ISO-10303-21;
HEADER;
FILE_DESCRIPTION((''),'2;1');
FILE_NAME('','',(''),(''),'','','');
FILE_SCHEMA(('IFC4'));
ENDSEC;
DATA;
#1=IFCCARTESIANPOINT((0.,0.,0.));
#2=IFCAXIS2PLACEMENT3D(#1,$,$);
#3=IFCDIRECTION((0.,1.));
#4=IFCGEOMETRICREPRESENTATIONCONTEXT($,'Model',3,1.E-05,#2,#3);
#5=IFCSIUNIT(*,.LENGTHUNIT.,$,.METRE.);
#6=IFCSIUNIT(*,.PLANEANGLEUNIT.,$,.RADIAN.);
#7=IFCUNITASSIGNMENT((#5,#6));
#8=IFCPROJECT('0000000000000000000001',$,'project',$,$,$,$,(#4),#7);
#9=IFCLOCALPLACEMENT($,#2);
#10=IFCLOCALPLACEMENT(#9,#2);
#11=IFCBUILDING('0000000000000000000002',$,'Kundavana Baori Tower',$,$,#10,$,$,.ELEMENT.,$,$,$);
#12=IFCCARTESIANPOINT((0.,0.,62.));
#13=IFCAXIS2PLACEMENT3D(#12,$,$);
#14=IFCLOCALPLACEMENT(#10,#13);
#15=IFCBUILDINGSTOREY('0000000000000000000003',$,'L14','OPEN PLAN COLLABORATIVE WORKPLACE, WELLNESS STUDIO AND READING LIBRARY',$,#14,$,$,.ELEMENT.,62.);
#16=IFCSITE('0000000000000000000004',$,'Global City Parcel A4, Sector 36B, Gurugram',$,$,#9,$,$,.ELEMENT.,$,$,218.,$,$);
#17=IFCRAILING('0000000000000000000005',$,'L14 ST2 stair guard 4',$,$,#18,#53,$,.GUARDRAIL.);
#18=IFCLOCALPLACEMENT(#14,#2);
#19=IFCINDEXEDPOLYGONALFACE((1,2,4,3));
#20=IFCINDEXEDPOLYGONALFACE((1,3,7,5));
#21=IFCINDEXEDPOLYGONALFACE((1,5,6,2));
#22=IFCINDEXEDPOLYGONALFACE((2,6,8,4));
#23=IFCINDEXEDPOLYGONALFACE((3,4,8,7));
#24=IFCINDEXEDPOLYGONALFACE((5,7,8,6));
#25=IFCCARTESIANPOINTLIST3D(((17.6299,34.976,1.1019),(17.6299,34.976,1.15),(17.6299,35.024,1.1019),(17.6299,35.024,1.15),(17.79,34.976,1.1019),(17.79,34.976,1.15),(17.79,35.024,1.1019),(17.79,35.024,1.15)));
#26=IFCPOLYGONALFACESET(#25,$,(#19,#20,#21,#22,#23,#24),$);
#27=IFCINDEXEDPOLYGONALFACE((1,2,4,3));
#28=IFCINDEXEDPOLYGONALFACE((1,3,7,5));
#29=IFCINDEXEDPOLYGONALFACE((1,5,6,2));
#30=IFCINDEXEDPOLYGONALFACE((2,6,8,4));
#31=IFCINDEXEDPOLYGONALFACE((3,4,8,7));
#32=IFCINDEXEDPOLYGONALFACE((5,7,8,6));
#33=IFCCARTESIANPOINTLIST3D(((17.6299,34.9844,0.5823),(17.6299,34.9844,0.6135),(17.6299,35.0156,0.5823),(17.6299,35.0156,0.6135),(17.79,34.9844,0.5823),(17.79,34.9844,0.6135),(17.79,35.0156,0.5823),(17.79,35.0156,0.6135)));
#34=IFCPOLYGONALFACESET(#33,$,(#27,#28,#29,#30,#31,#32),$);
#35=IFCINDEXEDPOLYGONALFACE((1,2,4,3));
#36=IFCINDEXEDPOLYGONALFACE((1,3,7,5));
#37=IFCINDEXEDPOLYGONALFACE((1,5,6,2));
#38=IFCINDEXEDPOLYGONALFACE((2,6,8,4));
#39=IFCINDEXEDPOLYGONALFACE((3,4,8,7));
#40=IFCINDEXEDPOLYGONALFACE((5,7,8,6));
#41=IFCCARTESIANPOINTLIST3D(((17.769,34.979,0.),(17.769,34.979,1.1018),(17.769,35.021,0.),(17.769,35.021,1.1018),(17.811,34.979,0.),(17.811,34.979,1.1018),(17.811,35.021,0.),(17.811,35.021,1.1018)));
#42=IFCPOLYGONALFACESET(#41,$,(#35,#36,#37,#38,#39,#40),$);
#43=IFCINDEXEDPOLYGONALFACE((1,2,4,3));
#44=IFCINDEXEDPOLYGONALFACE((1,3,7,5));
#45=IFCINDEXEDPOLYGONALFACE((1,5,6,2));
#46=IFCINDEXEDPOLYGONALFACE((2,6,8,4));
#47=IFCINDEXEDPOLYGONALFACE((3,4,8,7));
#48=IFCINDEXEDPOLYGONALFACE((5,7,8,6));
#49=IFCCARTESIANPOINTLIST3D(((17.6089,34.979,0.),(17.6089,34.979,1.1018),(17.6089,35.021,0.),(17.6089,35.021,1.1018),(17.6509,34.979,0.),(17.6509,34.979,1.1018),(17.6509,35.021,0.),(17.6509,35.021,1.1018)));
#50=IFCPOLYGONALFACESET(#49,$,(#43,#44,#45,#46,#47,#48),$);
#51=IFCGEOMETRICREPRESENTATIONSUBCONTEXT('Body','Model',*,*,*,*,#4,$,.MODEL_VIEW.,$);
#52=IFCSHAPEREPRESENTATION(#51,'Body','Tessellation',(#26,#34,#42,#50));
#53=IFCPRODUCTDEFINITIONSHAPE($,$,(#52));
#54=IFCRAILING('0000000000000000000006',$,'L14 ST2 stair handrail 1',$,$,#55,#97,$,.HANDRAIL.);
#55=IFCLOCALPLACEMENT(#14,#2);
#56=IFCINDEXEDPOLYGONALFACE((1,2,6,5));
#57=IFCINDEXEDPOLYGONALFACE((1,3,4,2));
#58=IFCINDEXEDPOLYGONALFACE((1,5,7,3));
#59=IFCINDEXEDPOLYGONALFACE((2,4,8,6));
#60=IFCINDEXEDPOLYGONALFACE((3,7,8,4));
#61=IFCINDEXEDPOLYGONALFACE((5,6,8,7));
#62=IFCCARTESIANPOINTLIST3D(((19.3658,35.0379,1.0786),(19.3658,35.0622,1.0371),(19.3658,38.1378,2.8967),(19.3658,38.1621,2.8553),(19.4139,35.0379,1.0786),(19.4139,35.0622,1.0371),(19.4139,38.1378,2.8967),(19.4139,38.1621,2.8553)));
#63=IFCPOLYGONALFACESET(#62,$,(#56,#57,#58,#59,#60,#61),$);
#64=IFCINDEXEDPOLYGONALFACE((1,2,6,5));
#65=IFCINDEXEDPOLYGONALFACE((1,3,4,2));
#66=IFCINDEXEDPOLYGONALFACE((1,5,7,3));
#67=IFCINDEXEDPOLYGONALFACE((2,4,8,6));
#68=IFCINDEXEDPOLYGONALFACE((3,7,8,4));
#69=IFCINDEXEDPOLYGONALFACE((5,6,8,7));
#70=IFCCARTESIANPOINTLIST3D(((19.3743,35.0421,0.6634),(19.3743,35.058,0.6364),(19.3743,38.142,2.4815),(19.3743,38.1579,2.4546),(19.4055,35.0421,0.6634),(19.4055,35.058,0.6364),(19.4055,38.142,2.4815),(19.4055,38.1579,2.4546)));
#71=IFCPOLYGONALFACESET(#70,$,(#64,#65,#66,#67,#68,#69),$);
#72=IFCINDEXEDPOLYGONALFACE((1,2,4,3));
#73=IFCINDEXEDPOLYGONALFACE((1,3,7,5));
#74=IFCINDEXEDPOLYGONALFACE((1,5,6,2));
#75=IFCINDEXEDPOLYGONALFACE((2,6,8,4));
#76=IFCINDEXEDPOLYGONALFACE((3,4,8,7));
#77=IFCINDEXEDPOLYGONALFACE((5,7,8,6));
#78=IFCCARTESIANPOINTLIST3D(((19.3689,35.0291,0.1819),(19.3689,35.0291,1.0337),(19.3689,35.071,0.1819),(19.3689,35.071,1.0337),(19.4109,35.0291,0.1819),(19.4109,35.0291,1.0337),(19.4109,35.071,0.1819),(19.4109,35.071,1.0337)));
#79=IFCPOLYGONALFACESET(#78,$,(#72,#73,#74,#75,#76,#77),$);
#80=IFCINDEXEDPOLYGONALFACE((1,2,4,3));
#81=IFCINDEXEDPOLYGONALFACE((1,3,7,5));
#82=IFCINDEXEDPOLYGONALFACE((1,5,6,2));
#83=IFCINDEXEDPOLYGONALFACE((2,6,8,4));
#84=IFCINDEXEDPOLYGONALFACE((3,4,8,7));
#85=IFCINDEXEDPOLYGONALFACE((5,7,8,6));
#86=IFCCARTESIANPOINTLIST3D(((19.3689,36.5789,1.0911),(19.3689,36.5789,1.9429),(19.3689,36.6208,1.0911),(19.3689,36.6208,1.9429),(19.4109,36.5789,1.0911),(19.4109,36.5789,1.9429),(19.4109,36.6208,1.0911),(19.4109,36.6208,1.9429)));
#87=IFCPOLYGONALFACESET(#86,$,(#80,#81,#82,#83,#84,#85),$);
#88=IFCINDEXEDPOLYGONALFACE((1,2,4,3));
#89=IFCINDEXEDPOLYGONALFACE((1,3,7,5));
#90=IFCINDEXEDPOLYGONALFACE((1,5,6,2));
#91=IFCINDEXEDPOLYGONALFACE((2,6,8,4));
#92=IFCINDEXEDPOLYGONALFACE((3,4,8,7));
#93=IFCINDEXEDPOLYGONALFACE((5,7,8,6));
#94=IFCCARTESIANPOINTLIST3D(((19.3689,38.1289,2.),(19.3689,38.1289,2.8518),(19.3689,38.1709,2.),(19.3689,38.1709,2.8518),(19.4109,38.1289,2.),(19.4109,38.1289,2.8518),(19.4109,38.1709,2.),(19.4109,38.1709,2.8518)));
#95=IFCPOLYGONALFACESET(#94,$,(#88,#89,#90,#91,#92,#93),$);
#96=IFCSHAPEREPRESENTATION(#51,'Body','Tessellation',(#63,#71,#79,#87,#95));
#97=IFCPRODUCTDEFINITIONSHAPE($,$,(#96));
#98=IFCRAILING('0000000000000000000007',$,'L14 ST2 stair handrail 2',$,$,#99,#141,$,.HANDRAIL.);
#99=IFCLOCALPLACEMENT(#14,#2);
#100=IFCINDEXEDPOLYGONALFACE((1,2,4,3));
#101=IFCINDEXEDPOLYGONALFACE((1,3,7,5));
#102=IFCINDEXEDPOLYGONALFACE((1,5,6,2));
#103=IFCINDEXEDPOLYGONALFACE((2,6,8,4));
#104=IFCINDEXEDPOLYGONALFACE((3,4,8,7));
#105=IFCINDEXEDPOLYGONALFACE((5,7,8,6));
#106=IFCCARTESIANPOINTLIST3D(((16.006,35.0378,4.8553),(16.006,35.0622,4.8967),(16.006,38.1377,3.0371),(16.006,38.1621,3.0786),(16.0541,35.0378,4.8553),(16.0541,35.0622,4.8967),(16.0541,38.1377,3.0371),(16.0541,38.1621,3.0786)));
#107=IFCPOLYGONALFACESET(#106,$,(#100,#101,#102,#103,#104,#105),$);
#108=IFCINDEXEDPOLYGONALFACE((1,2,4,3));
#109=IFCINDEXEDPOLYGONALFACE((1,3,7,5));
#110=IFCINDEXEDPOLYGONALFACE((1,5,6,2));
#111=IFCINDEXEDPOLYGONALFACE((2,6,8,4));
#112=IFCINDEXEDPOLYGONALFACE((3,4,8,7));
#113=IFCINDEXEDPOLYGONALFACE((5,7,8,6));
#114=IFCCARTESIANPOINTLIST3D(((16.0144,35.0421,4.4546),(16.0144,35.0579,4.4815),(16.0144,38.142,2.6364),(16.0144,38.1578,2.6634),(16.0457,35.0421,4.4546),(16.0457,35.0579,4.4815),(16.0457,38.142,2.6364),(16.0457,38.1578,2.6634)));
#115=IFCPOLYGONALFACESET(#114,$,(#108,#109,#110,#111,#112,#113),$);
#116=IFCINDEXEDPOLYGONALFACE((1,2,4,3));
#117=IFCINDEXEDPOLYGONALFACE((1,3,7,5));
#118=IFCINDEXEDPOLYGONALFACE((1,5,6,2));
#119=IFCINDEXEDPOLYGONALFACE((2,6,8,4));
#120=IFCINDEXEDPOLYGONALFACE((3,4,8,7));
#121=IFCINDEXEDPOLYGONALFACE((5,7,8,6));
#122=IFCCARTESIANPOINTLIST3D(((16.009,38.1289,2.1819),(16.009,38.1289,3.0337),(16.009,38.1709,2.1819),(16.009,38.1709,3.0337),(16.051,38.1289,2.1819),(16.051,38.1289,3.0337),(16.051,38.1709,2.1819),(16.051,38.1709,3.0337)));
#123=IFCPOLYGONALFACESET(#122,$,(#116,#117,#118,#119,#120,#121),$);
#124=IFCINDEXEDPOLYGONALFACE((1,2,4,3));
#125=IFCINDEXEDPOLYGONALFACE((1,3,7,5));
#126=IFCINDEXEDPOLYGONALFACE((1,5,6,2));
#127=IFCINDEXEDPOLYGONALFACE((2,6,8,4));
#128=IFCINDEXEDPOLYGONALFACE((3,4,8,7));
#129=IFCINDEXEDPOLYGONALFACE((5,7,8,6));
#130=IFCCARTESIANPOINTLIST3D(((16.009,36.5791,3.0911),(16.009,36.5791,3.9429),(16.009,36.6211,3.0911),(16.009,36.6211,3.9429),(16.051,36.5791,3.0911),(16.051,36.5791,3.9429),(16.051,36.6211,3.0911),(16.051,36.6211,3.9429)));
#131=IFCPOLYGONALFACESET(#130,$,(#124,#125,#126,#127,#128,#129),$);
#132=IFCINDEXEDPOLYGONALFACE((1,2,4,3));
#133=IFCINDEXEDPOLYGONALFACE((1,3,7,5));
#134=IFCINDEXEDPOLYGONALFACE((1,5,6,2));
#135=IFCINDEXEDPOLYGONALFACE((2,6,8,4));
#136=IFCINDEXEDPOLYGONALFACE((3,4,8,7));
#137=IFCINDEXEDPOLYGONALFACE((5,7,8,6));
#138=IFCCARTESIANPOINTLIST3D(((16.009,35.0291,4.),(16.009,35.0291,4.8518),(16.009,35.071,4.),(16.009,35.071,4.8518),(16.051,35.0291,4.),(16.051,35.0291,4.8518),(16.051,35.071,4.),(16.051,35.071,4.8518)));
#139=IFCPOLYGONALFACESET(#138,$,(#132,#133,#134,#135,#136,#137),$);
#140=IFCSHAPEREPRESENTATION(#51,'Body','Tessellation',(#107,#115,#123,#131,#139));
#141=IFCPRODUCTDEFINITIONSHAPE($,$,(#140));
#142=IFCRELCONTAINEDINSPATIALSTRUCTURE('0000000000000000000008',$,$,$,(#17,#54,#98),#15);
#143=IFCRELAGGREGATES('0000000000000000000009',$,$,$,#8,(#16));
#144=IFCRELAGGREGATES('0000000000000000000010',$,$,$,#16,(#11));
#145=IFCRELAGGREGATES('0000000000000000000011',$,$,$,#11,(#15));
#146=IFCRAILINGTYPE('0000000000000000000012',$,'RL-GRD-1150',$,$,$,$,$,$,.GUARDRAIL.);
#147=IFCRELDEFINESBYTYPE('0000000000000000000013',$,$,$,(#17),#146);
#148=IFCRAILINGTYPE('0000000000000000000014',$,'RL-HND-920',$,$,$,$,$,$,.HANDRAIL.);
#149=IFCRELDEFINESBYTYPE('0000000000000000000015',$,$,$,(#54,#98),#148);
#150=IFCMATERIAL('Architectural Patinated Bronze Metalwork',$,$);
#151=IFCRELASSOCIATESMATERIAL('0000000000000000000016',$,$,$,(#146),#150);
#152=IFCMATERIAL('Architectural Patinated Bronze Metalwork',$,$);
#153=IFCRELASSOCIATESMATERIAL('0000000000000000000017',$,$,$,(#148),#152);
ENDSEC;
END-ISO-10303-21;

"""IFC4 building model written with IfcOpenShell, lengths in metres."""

from ifc_helpers import new_model, si_unit, direction, frame, origin, origin_2d, place, context, subcontext, project, spatial, rectangle, extrude, material, type_object, element, save


model = new_model("IFC4")

# Units and contexts
model_context = context("Model", 3, precision=1e-05, world=origin(), true_north=direction((0.0, 1.0)))
body_context = subcontext(model_context, "Body", "Model", "MODEL_VIEW")
ifc_project = project(units=[si_unit("LENGTHUNIT", "METRE"), si_unit("PLANEANGLEUNIT", "RADIAN")], contexts=[model_context])

# Site, building, storey
site_placement = place(None, origin())
site = spatial("IfcSite", under=ifc_project, at=site_placement, Name="Global City Parcel A4, Sector 36B, Gurugram", CompositionType="ELEMENT", RefElevation=218.0)
building_placement = place(site_placement, origin())
building = spatial("IfcBuilding", under=site, at=building_placement, Name="Kundavana Baori Tower", CompositionType="ELEMENT")
storey_placement = place(building_placement, frame((0.0, 0.0, 62.0)))
storey = spatial("IfcBuildingStorey", under=building, at=storey_placement, Name="L14", Description="OPEN PLAN COLLABORATIVE WORKPLACE, WELLNESS STUDIO AND READING LIBRARY", CompositionType="ELEMENT", Elevation=62.0)

# Railings
ifc_material_1 = material(Name="Architectural Patinated Bronze Metalwork")
railing_type_1 = type_object("IfcRailingType", Name="RL-GRD-1150", PredefinedType="GUARDRAIL", material=ifc_material_1)
railing_1_placement = place(storey_placement, frame((17.79, 35.0, 0.0)))
element("IfcRailing", 1, at=railing_1_placement, inside=storey, type_object=railing_type_1, Name="L14 ST2 stair guard 4", PredefinedType="GUARDRAIL", context=body_context, shape_type="SweptSolid", body=[
    extrude(rectangle(XDim=0.0481, YDim=0.0481, at=origin_2d()), frame((0.0, 0.0, 1.126), z_axis=(-1.0, 0.0, 0.0), x_axis=(0.0, -1.0, 0.0)), (0.0, 0.0, 1.0), 0.1602),
    extrude(rectangle(XDim=0.0312, YDim=0.0312, at=origin_2d()), frame((0.0, 0.0, 0.5979), z_axis=(-1.0, 0.0, 0.0), x_axis=(0.0, -1.0, 0.0)), (0.0, 0.0, 1.0), 0.1602),
    extrude(rectangle(XDim=0.042, YDim=0.042, at=origin_2d()), origin(), (0.0, 0.0, 1.0), 1.1018),
    extrude(rectangle(XDim=0.042, YDim=0.042, at=origin_2d()), frame((-0.1602, 0.0, 0.0)), (0.0, 0.0, 1.0), 1.1018),
])
ifc_material_2 = material(Name="Architectural Patinated Bronze Metalwork")
railing_type_2 = type_object("IfcRailingType", Name="RL-HND-920", PredefinedType="HANDRAIL", material=ifc_material_2)
railing_2_placement = place(storey_placement, frame((19.3899, 35.05, 0.1819)))
element("IfcRailing", 2, at=railing_2_placement, inside=storey, type_object=railing_type_2, Name="L14 ST2 stair handrail 1", PredefinedType="HANDRAIL", context=body_context, shape_type="SweptSolid", body=[
    extrude(rectangle(XDim=0.0481, YDim=0.0481, at=origin_2d()), frame((0.0, 0.0, 0.876), z_axis=(0.0, 0.862581, 0.505918), x_axis=(-1.0, 0.0, 0.0)), (0.0, 0.0, 1.0), 3.5938),
    extrude(rectangle(XDim=0.0312, YDim=0.0312, at=origin_2d()), frame((0.0, 0.0, 0.468), z_axis=(0.0, 0.862581, 0.505918), x_axis=(-1.0, 0.0, 0.0)), (0.0, 0.0, 1.0), 3.5938),
    extrude(rectangle(XDim=0.042, YDim=0.042, at=origin_2d()), origin(), (0.0, 0.0, 1.0), 0.8518),
    extrude(rectangle(XDim=0.042, YDim=0.042, at=origin_2d()), frame((0.0, 1.5498, 0.9092)), (0.0, 0.0, 1.0), 0.8518),
    extrude(rectangle(XDim=0.042, YDim=0.042, at=origin_2d()), frame((0.0, 3.0999, 1.8181)), (0.0, 0.0, 1.0), 0.8518),
])
railing_3_placement = place(storey_placement, frame((16.03, 38.1499, 2.1819)))
element("IfcRailing", 3, at=railing_3_placement, inside=storey, type_object=railing_type_2, Name="L14 ST2 stair handrail 2", PredefinedType="HANDRAIL", context=body_context, shape_type="SweptSolid", body=[
    extrude(rectangle(XDim=0.0481, YDim=0.0481, at=origin_2d()), frame((0.0, 0.0, 0.876), z_axis=(0.0, -0.862581, 0.505918), x_axis=(1.0, 0.0, 0.0)), (0.0, 0.0, 1.0), 3.5938),
    extrude(rectangle(XDim=0.0312, YDim=0.0312, at=origin_2d()), frame((0.0, 0.0, 0.468), z_axis=(0.0, -0.862581, 0.505918), x_axis=(1.0, 0.0, 0.0)), (0.0, 0.0, 1.0), 3.5938),
    extrude(rectangle(XDim=0.042, YDim=0.042, at=origin_2d()), origin(), (0.0, 0.0, 1.0), 0.8518),
    extrude(rectangle(XDim=0.042, YDim=0.042, at=origin_2d()), frame((0.0, -1.5498, 0.9092)), (0.0, 0.0, 1.0), 0.8518),
    extrude(rectangle(XDim=0.042, YDim=0.042, at=origin_2d()), frame((0.0, -3.0999, 1.8181)), (0.0, 0.0, 1.0), 0.8518),
])

save(model, "model.ifc")
